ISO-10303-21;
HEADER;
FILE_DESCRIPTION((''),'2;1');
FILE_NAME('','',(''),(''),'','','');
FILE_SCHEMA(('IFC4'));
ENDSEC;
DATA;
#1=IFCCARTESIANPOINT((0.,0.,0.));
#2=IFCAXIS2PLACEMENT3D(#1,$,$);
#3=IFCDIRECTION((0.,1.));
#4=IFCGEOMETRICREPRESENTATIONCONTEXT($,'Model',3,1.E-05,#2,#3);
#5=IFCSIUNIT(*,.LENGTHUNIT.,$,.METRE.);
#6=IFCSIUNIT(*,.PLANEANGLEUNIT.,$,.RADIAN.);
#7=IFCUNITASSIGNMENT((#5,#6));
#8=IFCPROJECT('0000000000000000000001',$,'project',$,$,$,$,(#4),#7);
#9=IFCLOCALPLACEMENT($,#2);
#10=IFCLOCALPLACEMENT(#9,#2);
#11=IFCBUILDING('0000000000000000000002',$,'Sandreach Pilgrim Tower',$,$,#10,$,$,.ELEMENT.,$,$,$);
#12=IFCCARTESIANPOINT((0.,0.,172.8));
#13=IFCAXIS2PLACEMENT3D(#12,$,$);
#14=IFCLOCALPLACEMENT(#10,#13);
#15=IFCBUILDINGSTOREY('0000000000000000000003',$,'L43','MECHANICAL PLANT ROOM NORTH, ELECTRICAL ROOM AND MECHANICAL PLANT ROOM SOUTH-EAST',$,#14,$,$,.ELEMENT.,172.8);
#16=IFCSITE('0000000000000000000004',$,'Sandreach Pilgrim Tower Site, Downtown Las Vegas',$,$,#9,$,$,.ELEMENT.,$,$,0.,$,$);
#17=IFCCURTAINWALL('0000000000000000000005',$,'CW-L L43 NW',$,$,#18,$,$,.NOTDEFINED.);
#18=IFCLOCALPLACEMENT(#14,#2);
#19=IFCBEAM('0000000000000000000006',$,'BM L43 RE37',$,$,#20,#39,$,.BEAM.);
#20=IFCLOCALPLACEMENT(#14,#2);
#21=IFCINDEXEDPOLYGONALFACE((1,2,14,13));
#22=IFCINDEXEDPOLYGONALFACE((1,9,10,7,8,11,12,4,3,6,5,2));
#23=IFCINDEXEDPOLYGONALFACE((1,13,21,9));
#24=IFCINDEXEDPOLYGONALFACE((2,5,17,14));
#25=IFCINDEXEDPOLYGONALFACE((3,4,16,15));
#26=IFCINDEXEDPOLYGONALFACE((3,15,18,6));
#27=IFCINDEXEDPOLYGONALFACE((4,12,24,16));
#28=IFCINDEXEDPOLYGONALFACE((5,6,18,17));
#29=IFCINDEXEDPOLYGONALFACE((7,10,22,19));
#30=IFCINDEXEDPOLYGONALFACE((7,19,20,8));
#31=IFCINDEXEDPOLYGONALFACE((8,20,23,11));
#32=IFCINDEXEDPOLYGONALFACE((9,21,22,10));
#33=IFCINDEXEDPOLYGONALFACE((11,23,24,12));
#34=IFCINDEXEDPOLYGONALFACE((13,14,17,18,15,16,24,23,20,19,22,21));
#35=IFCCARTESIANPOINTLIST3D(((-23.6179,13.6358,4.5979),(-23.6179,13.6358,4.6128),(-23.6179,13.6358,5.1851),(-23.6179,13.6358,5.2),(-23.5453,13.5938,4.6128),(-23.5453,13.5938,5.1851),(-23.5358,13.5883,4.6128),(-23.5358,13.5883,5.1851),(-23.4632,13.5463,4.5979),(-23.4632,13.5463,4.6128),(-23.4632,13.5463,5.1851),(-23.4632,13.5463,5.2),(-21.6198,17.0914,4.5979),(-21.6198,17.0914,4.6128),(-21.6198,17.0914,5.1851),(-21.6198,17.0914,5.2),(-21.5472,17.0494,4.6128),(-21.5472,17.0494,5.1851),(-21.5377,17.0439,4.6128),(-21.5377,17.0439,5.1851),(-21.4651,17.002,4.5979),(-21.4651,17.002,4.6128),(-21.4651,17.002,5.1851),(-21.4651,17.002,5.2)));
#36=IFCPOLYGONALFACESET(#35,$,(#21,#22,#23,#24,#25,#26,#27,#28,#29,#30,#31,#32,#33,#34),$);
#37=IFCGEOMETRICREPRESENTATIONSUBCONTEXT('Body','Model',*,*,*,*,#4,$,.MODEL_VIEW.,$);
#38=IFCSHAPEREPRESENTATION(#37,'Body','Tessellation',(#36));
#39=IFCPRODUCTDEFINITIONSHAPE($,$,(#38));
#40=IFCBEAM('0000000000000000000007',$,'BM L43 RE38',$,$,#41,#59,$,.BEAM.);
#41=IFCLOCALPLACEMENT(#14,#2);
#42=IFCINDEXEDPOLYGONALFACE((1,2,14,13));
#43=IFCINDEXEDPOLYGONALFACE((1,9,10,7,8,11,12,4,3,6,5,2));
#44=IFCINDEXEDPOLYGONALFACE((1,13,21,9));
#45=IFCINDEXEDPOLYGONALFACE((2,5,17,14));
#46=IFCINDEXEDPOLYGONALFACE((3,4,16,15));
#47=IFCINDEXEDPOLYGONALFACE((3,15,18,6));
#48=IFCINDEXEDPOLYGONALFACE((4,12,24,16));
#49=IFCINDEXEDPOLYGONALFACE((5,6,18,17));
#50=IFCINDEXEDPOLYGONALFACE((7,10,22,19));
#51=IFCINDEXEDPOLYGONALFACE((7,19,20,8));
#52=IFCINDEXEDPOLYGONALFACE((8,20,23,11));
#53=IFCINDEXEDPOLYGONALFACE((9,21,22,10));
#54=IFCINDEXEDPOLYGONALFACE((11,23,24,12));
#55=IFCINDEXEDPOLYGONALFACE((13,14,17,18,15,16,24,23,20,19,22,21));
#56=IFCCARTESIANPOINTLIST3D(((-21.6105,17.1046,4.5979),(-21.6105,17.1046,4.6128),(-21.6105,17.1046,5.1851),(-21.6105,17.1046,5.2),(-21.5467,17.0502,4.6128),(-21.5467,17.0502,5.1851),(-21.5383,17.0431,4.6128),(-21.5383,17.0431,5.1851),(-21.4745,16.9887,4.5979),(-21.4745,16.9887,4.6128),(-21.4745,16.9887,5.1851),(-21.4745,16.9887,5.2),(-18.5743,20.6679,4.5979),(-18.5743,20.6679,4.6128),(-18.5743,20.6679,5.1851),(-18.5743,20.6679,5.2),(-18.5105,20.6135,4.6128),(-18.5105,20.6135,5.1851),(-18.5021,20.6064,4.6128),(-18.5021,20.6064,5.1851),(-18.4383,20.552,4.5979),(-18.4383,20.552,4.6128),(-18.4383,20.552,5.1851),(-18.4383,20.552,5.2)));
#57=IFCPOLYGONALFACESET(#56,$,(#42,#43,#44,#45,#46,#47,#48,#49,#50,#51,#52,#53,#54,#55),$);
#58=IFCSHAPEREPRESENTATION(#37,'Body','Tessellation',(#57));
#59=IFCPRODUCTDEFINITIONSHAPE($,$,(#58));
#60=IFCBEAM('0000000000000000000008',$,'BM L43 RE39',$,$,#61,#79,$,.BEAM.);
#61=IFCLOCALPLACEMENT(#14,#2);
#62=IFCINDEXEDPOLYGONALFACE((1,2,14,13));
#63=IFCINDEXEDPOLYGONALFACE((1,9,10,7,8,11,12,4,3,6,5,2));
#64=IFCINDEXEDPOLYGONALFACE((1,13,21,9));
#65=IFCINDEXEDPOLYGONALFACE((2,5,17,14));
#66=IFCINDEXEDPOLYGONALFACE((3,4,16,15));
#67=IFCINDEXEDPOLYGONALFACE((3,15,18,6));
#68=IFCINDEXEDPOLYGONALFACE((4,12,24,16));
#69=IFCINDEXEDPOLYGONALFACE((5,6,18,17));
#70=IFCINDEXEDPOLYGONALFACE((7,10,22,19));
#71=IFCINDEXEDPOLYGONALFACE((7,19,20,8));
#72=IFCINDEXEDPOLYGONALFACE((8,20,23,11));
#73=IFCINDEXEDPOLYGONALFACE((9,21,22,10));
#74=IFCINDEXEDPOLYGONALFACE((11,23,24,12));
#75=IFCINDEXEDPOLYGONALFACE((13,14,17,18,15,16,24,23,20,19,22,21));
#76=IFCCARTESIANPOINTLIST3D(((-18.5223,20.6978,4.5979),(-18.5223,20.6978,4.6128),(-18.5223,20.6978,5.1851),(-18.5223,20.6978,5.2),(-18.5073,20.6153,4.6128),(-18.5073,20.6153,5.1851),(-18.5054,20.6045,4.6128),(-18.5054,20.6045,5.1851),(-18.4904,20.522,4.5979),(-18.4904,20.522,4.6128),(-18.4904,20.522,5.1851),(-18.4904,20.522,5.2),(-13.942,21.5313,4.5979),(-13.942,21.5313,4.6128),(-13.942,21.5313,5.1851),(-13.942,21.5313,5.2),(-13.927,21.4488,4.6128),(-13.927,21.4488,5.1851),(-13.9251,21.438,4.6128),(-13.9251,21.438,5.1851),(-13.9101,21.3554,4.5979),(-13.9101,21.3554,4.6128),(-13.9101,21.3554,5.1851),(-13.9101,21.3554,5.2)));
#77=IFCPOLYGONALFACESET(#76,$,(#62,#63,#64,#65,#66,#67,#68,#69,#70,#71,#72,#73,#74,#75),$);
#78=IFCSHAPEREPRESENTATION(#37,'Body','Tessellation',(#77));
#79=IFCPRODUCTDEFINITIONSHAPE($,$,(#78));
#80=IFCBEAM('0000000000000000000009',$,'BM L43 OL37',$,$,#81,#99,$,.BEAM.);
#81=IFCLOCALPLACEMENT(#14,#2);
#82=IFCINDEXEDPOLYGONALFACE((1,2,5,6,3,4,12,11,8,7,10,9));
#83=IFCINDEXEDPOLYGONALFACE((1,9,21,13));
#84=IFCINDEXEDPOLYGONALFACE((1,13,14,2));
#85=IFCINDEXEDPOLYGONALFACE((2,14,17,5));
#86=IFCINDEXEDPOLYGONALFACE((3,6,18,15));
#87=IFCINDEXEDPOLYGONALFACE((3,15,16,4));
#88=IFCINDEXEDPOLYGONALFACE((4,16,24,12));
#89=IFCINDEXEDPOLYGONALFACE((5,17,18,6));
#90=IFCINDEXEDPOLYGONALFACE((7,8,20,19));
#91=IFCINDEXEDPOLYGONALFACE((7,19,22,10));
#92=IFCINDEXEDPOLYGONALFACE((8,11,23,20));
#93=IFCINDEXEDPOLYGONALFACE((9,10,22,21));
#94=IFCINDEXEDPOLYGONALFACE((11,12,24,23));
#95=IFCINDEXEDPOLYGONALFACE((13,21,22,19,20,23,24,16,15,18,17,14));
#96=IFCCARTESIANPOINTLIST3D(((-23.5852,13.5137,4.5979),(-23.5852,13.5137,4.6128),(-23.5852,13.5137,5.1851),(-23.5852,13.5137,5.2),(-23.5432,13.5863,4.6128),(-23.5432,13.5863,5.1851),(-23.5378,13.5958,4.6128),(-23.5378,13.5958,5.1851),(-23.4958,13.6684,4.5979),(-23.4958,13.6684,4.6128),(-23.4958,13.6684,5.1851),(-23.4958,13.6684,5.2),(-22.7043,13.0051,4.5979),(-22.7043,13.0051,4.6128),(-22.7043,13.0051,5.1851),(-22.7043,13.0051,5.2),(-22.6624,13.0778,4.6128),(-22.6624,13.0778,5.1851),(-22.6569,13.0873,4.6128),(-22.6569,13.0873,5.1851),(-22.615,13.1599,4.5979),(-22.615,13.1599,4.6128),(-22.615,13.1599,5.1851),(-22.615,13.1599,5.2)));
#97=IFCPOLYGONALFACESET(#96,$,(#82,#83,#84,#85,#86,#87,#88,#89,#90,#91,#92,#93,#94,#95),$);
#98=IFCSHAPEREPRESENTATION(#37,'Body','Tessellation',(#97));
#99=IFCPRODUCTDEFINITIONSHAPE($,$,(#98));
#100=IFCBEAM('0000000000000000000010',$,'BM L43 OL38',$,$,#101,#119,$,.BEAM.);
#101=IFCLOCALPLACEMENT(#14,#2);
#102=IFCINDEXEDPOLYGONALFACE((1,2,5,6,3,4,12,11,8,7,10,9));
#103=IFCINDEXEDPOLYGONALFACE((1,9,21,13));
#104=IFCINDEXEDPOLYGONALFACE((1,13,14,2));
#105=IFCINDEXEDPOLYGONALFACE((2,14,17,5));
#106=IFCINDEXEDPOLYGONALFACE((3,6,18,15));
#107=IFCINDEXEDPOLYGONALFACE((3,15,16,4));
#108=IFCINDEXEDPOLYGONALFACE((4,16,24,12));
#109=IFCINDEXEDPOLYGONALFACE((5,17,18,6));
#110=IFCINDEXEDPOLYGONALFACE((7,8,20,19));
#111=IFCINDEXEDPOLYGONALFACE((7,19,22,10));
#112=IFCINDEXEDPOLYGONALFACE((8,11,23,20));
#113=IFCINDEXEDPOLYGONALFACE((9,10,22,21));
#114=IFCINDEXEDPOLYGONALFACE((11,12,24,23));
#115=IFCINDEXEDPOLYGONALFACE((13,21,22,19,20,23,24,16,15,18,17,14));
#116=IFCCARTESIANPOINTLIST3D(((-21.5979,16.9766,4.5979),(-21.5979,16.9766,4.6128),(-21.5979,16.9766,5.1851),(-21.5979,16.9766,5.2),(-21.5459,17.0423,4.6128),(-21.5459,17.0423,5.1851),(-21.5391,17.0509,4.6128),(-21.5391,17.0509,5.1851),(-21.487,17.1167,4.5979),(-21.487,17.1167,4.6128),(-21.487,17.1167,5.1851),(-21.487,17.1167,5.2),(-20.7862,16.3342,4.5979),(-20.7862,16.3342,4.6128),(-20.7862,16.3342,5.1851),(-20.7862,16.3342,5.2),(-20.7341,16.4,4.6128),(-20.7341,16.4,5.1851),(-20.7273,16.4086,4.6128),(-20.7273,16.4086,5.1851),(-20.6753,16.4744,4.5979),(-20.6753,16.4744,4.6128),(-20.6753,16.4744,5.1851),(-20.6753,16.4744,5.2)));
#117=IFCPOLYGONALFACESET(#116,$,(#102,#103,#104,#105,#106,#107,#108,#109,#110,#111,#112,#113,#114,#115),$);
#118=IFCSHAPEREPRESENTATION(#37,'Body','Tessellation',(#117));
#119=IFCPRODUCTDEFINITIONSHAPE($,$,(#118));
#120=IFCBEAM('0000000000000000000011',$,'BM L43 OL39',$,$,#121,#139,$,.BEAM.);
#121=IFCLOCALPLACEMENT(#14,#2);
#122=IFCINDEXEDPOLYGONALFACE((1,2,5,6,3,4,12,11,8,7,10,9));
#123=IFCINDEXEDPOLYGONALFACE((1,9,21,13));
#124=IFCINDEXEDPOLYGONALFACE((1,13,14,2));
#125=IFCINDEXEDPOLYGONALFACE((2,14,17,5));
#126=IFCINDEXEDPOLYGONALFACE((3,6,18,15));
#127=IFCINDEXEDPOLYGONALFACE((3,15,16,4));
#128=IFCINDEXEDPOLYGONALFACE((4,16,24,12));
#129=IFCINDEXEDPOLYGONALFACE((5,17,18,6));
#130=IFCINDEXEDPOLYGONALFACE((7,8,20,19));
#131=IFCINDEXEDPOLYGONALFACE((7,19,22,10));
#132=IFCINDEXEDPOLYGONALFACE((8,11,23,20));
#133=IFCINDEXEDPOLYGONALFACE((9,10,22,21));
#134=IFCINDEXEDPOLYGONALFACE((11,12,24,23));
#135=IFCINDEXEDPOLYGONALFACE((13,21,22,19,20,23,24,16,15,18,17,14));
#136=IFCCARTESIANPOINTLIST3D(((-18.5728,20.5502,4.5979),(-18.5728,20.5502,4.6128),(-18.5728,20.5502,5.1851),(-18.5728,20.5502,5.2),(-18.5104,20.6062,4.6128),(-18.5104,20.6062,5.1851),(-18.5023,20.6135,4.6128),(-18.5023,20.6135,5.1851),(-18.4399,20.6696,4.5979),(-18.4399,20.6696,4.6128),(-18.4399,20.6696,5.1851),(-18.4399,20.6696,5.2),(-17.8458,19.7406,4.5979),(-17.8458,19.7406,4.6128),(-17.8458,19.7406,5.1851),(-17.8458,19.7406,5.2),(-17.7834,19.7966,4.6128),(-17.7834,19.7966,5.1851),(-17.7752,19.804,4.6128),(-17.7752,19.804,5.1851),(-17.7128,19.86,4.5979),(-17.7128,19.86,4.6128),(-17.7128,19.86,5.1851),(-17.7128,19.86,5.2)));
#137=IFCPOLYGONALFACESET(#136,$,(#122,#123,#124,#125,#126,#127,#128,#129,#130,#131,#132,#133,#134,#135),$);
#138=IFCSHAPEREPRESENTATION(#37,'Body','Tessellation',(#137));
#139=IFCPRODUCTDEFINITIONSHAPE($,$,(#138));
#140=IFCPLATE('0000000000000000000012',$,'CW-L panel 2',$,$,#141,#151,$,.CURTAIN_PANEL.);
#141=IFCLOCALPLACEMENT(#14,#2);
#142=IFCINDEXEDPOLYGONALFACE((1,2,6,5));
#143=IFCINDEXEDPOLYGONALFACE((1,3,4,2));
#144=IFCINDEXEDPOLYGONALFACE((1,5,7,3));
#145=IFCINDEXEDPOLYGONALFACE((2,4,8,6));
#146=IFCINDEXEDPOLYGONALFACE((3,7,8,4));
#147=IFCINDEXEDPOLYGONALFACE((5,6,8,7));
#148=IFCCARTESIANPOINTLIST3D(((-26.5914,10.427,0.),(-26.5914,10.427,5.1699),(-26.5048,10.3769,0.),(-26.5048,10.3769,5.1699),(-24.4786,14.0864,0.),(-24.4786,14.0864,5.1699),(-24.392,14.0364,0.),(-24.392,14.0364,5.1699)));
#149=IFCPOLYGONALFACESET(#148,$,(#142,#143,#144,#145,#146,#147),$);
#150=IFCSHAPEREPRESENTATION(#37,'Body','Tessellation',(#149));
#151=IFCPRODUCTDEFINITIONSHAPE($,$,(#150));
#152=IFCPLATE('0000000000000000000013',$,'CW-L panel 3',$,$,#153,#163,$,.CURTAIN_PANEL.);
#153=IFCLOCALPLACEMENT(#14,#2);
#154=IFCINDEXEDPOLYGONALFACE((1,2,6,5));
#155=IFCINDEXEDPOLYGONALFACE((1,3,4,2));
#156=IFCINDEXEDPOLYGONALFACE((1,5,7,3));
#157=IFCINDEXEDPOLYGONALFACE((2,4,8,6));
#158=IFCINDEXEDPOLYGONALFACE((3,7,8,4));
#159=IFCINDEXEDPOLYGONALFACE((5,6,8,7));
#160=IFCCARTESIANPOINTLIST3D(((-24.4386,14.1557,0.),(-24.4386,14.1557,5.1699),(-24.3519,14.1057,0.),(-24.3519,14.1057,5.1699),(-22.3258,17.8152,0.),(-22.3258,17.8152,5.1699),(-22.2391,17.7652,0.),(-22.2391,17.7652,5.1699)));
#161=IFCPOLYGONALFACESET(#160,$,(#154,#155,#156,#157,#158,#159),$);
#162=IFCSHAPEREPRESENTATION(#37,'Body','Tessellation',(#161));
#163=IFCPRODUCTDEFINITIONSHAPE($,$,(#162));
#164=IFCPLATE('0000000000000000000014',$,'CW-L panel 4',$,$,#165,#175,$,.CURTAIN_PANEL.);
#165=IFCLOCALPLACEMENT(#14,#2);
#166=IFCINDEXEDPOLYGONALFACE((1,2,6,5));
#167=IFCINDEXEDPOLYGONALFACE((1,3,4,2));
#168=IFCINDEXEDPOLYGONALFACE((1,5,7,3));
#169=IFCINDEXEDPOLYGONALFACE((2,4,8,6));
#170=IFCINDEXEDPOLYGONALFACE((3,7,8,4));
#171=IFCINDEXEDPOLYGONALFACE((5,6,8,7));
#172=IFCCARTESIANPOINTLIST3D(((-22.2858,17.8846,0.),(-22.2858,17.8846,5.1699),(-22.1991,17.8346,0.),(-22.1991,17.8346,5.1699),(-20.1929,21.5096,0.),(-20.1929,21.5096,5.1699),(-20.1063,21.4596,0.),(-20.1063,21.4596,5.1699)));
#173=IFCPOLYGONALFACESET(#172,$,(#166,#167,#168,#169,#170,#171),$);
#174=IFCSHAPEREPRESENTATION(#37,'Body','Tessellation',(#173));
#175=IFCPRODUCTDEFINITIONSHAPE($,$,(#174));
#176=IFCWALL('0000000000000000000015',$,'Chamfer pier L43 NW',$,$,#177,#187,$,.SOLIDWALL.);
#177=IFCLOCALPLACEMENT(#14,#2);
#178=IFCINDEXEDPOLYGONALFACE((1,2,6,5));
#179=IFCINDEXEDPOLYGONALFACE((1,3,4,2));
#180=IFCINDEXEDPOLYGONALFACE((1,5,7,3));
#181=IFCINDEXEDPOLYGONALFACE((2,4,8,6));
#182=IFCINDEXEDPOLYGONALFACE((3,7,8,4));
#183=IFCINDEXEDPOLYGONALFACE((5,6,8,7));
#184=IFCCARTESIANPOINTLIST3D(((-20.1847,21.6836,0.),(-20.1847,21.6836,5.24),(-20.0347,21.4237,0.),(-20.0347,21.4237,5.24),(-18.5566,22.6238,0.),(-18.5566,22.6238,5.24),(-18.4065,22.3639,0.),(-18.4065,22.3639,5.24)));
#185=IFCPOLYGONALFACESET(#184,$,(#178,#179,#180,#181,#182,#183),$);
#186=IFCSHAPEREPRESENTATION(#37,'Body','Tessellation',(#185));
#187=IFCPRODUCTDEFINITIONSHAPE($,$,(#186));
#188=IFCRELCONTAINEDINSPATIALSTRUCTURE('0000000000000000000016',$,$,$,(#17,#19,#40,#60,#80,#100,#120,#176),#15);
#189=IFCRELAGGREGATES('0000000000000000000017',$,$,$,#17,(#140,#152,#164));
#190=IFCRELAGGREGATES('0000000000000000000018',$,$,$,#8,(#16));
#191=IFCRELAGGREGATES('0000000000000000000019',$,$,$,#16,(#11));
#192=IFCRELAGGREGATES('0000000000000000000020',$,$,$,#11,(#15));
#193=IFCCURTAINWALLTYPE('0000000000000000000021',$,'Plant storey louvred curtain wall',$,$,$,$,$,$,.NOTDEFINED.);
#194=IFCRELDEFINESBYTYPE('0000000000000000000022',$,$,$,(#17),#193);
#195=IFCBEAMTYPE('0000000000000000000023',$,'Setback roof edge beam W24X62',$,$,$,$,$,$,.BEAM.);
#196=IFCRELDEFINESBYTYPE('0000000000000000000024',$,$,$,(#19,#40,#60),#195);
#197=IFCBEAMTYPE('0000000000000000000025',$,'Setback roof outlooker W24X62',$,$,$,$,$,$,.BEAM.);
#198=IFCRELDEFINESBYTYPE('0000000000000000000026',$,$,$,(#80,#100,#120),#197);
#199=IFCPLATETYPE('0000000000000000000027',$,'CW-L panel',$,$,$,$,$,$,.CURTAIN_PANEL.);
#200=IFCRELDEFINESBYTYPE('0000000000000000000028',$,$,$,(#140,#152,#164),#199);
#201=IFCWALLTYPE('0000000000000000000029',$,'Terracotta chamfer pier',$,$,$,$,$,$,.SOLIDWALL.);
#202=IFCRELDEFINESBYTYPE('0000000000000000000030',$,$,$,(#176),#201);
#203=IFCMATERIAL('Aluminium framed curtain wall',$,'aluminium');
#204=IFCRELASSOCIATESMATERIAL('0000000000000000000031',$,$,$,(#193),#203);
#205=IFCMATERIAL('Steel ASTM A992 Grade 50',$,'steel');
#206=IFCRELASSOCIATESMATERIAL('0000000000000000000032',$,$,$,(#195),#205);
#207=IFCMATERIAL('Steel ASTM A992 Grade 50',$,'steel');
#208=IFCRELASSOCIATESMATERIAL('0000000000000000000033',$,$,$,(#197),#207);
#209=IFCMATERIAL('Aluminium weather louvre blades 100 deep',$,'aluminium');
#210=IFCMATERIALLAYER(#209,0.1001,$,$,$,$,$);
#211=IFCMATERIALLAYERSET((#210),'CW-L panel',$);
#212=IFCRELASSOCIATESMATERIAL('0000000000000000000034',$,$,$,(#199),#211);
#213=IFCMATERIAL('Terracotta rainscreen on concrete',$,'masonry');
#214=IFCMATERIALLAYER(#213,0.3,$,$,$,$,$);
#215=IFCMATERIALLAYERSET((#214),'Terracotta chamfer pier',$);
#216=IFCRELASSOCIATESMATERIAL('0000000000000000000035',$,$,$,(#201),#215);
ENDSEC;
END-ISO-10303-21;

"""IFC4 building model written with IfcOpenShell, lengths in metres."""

from ifc_helpers import new_model, si_unit, direction, frame, frame_2d, origin, origin_2d, place, context, subcontext, project, spatial, rectangle, i_section, extrude, material, layer, layer_set, material_profile, profile_set, type_object, element, aggregate, save


model = new_model("IFC4")

# Units and contexts
model_context = context("Model", 3, precision=1e-05, world=origin(), true_north=direction((0.0, 1.0)))
body_context = subcontext(model_context, "Body", "Model", "MODEL_VIEW")
ifc_project = project(units=[si_unit("LENGTHUNIT", "METRE"), si_unit("PLANEANGLEUNIT", "RADIAN")], contexts=[model_context])

# Site, building, storey
site_placement = place(None, origin())
site = spatial("IfcSite", under=ifc_project, at=site_placement, Name="Sandreach Pilgrim Tower Site, Downtown Las Vegas", CompositionType="ELEMENT", RefElevation=0.0)
building_placement = place(site_placement, origin())
building = spatial("IfcBuilding", under=site, at=building_placement, Name="Sandreach Pilgrim Tower", CompositionType="ELEMENT")
storey_placement = place(building_placement, frame((0.0, 0.0, 172.8)))
storey = spatial("IfcBuildingStorey", under=building, at=storey_placement, Name="L43", Description="MECHANICAL PLANT ROOM NORTH, ELECTRICAL ROOM AND MECHANICAL PLANT ROOM SOUTH-EAST", CompositionType="ELEMENT", Elevation=172.8)

# Shared definitions
ifc_material_1 = material(Name="Aluminium framed curtain wall", Category="aluminium")
curtain_wall_type = type_object("IfcCurtainWallType", Name="Plant storey louvred curtain wall", PredefinedType="NOTDEFINED", material=ifc_material_1)

# Curtain wall
curtain_wall_1_placement = place(storey_placement, origin())
curtain_wall_1 = element("IfcCurtainWall", 1, at=curtain_wall_1_placement, inside=storey, type_object=curtain_wall_type, Name="CW-L L43 NW", PredefinedType="NOTDEFINED")

# Beams
ifc_material_2 = material(Name="Steel ASTM A992 Grade 50", Category="steel")
ifc_material_profile_1 = material_profile(ifc_material_2, i_section(OverallWidth=0.1787, OverallDepth=0.6021, WebThickness=0.011, FlangeThickness=0.0149, at=origin_2d()), Name="W24X62")
ifc_profile_set_1 = profile_set([ifc_material_profile_1], Name="Steel ASTM A992 Grade 50")
beam_type_1 = type_object("IfcBeamType", Name="Setback roof edge beam W24X62", PredefinedType="BEAM", material=ifc_profile_set_1)
beam_1_placement = place(storey_placement, frame((-23.5405, 13.5911, 4.8989), z_axis=(0.500559, 0.865703, 0.0), x_axis=(-0.865703, 0.500559, 0.0)))
element("IfcBeam", 2, at=beam_1_placement, inside=storey, type_object=beam_type_1, Name="BM L43 RE37", PredefinedType="BEAM", context=body_context, shape_type="SweptSolid", body=[
    extrude(i_section(OverallWidth=0.1787, OverallDepth=0.6021, WebThickness=0.011, FlangeThickness=0.0149, at=origin_2d()), origin(), (0.0, 0.0, 1.0), 3.9917),
])
beam_2_placement = place(storey_placement, frame((-21.5425, 17.0466, 4.8989), z_axis=(0.648564, 0.76116, 0.0), x_axis=(-0.76116, 0.648564, 0.0)))
element("IfcBeam", 3, at=beam_2_placement, inside=storey, type_object=beam_type_1, Name="BM L43 RE38", PredefinedType="BEAM", context=body_context, shape_type="SweptSolid", body=[
    extrude(i_section(OverallWidth=0.1787, OverallDepth=0.6021, WebThickness=0.011, FlangeThickness=0.0149, at=origin_2d()), origin(), (0.0, 0.0, 1.0), 4.6814),
])
beam_3_placement = place(storey_placement, frame((-18.5063, 20.6099, 4.8989), z_axis=(0.983843, 0.179033, 0.0), x_axis=(-0.179033, 0.983843, 0.0)))
element("IfcBeam", 4, at=beam_3_placement, inside=storey, type_object=beam_type_1, Name="BM L43 RE39", PredefinedType="BEAM", context=body_context, shape_type="SweptSolid", body=[
    extrude(i_section(OverallWidth=0.1787, OverallDepth=0.6021, WebThickness=0.011, FlangeThickness=0.0149, at=origin_2d()), origin(), (0.0, 0.0, 1.0), 4.6555),
])
ifc_material_3 = material(Name="Steel ASTM A992 Grade 50", Category="steel")
ifc_material_profile_2 = material_profile(ifc_material_3, i_section(OverallWidth=0.1787, OverallDepth=0.6021, WebThickness=0.011, FlangeThickness=0.0149, at=origin_2d()), Name="W24X62")
ifc_profile_set_2 = profile_set([ifc_material_profile_2], Name="Steel ASTM A992 Grade 50")
beam_type_2 = type_object("IfcBeamType", Name="Setback roof outlooker W24X62", PredefinedType="BEAM", material=ifc_profile_set_2)
beam_4_placement = place(storey_placement, frame((-22.6597, 13.0825, 4.8989), z_axis=(-0.866034, 0.499986, 0.0), x_axis=(-0.499986, -0.866034, 0.0)))
element("IfcBeam", 5, at=beam_4_placement, inside=storey, type_object=beam_type_2, Name="BM L43 OL37", PredefinedType="BEAM", context=body_context, shape_type="SweptSolid", body=[
    extrude(i_section(OverallWidth=0.1787, OverallDepth=0.6021, WebThickness=0.011, FlangeThickness=0.0149, at=origin_2d()), origin(), (0.0, 0.0, 1.0), 1.0171),
])
beam_5_placement = place(storey_placement, frame((-20.7307, 16.4043, 4.8989), z_axis=(-0.784194, 0.620516, 0.0), x_axis=(-0.620516, -0.784194, 0.0)))
element("IfcBeam", 6, at=beam_5_placement, inside=storey, type_object=beam_type_2, Name="BM L43 OL38", PredefinedType="BEAM", context=body_context, shape_type="SweptSolid", body=[
    extrude(i_section(OverallWidth=0.1787, OverallDepth=0.6021, WebThickness=0.011, FlangeThickness=0.0149, at=origin_2d()), origin(), (0.0, 0.0, 1.0), 1.0352),
])
beam_6_placement = place(storey_placement, frame((-17.7793, 19.8003, 4.8989), z_axis=(-0.668171, 0.744008, 0.0), x_axis=(-0.744008, -0.668171, 0.0)))
element("IfcBeam", 7, at=beam_6_placement, inside=storey, type_object=beam_type_2, Name="BM L43 OL39", PredefinedType="BEAM", context=body_context, shape_type="SweptSolid", body=[
    extrude(i_section(OverallWidth=0.1787, OverallDepth=0.6021, WebThickness=0.011, FlangeThickness=0.0149, at=origin_2d()), origin(), (0.0, 0.0, 1.0), 1.0881),
])

# Plates
ifc_material_4 = material(Name="Aluminium weather louvre blades 100 deep", Category="aluminium")
ifc_layer_1 = layer(ifc_material_4, 0.1001)
ifc_layer_set_1 = layer_set([ifc_layer_1], Name="CW-L panel")
plate_type = type_object("IfcPlateType", Name="CW-L panel", PredefinedType="CURTAIN_PANEL", material=ifc_layer_set_1)
plate_1_placement = place(storey_placement, frame((-25.4917, 12.2317, 0.0), z_axis=(0.0, 0.0, 1.0), x_axis=(0.5, 0.866025, 0.0)))
plate_1 = element("IfcPlate", 8, at=plate_1_placement, type_object=plate_type, Name="CW-L panel 2", PredefinedType="CURTAIN_PANEL", context=body_context, shape_type="SweptSolid", body=[
    extrude(rectangle(XDim=4.2256, YDim=0.1001, at=origin_2d()), origin(), (0.0, 0.0, 1.0), 5.1699),
])
plate_2_placement = place(storey_placement, frame((-23.3389, 15.9604, 0.0), z_axis=(0.0, 0.0, 1.0), x_axis=(0.5, 0.866025, 0.0)))
plate_2 = element("IfcPlate", 9, at=plate_2_placement, type_object=plate_type, Name="CW-L panel 3", PredefinedType="CURTAIN_PANEL", context=body_context, shape_type="SweptSolid", body=[
    extrude(rectangle(XDim=4.2256, YDim=0.1001, at=origin_2d()), origin(), (0.0, 0.0, 1.0), 5.1699),
])
plate_3_placement = place(storey_placement, frame((-21.196, 19.6721, 0.0), z_axis=(0.0, 0.0, 1.0), x_axis=(0.5, 0.866025, 0.0)))
plate_3 = element("IfcPlate", 10, at=plate_3_placement, type_object=plate_type, Name="CW-L panel 4", PredefinedType="CURTAIN_PANEL", context=body_context, shape_type="SweptSolid", body=[
    extrude(rectangle(XDim=4.1858, YDim=0.1001, at=origin_2d()), origin(), (0.0, 0.0, 1.0), 5.1699),
])
aggregate(curtain_wall_1, [plate_1, plate_2, plate_3])

# Wall
ifc_material_5 = material(Name="Terracotta rainscreen on concrete", Category="masonry")
ifc_layer_2 = layer(ifc_material_5, 0.3)
ifc_layer_set_2 = layer_set([ifc_layer_2], Name="Terracotta chamfer pier")
wall_type = type_object("IfcWallType", Name="Terracotta chamfer pier", PredefinedType="SOLIDWALL", material=ifc_layer_set_2)
wall_placement = place(storey_placement, frame((-20.1096, 21.5537, 0.0), z_axis=(0.0, 0.0, 1.0), x_axis=(0.865989, 0.500063, 0.0)))
element("IfcWall", 11, at=wall_placement, inside=storey, type_object=wall_type, Name="Chamfer pier L43 NW", PredefinedType="SOLIDWALL", context=body_context, shape_type="SweptSolid", body=[
    extrude(rectangle(XDim=1.8801, YDim=0.3, at=frame_2d((0.9399, 0.0))), origin(), (0.0, 0.0, 1.0), 5.24),
])

save(model, "model.ifc")
